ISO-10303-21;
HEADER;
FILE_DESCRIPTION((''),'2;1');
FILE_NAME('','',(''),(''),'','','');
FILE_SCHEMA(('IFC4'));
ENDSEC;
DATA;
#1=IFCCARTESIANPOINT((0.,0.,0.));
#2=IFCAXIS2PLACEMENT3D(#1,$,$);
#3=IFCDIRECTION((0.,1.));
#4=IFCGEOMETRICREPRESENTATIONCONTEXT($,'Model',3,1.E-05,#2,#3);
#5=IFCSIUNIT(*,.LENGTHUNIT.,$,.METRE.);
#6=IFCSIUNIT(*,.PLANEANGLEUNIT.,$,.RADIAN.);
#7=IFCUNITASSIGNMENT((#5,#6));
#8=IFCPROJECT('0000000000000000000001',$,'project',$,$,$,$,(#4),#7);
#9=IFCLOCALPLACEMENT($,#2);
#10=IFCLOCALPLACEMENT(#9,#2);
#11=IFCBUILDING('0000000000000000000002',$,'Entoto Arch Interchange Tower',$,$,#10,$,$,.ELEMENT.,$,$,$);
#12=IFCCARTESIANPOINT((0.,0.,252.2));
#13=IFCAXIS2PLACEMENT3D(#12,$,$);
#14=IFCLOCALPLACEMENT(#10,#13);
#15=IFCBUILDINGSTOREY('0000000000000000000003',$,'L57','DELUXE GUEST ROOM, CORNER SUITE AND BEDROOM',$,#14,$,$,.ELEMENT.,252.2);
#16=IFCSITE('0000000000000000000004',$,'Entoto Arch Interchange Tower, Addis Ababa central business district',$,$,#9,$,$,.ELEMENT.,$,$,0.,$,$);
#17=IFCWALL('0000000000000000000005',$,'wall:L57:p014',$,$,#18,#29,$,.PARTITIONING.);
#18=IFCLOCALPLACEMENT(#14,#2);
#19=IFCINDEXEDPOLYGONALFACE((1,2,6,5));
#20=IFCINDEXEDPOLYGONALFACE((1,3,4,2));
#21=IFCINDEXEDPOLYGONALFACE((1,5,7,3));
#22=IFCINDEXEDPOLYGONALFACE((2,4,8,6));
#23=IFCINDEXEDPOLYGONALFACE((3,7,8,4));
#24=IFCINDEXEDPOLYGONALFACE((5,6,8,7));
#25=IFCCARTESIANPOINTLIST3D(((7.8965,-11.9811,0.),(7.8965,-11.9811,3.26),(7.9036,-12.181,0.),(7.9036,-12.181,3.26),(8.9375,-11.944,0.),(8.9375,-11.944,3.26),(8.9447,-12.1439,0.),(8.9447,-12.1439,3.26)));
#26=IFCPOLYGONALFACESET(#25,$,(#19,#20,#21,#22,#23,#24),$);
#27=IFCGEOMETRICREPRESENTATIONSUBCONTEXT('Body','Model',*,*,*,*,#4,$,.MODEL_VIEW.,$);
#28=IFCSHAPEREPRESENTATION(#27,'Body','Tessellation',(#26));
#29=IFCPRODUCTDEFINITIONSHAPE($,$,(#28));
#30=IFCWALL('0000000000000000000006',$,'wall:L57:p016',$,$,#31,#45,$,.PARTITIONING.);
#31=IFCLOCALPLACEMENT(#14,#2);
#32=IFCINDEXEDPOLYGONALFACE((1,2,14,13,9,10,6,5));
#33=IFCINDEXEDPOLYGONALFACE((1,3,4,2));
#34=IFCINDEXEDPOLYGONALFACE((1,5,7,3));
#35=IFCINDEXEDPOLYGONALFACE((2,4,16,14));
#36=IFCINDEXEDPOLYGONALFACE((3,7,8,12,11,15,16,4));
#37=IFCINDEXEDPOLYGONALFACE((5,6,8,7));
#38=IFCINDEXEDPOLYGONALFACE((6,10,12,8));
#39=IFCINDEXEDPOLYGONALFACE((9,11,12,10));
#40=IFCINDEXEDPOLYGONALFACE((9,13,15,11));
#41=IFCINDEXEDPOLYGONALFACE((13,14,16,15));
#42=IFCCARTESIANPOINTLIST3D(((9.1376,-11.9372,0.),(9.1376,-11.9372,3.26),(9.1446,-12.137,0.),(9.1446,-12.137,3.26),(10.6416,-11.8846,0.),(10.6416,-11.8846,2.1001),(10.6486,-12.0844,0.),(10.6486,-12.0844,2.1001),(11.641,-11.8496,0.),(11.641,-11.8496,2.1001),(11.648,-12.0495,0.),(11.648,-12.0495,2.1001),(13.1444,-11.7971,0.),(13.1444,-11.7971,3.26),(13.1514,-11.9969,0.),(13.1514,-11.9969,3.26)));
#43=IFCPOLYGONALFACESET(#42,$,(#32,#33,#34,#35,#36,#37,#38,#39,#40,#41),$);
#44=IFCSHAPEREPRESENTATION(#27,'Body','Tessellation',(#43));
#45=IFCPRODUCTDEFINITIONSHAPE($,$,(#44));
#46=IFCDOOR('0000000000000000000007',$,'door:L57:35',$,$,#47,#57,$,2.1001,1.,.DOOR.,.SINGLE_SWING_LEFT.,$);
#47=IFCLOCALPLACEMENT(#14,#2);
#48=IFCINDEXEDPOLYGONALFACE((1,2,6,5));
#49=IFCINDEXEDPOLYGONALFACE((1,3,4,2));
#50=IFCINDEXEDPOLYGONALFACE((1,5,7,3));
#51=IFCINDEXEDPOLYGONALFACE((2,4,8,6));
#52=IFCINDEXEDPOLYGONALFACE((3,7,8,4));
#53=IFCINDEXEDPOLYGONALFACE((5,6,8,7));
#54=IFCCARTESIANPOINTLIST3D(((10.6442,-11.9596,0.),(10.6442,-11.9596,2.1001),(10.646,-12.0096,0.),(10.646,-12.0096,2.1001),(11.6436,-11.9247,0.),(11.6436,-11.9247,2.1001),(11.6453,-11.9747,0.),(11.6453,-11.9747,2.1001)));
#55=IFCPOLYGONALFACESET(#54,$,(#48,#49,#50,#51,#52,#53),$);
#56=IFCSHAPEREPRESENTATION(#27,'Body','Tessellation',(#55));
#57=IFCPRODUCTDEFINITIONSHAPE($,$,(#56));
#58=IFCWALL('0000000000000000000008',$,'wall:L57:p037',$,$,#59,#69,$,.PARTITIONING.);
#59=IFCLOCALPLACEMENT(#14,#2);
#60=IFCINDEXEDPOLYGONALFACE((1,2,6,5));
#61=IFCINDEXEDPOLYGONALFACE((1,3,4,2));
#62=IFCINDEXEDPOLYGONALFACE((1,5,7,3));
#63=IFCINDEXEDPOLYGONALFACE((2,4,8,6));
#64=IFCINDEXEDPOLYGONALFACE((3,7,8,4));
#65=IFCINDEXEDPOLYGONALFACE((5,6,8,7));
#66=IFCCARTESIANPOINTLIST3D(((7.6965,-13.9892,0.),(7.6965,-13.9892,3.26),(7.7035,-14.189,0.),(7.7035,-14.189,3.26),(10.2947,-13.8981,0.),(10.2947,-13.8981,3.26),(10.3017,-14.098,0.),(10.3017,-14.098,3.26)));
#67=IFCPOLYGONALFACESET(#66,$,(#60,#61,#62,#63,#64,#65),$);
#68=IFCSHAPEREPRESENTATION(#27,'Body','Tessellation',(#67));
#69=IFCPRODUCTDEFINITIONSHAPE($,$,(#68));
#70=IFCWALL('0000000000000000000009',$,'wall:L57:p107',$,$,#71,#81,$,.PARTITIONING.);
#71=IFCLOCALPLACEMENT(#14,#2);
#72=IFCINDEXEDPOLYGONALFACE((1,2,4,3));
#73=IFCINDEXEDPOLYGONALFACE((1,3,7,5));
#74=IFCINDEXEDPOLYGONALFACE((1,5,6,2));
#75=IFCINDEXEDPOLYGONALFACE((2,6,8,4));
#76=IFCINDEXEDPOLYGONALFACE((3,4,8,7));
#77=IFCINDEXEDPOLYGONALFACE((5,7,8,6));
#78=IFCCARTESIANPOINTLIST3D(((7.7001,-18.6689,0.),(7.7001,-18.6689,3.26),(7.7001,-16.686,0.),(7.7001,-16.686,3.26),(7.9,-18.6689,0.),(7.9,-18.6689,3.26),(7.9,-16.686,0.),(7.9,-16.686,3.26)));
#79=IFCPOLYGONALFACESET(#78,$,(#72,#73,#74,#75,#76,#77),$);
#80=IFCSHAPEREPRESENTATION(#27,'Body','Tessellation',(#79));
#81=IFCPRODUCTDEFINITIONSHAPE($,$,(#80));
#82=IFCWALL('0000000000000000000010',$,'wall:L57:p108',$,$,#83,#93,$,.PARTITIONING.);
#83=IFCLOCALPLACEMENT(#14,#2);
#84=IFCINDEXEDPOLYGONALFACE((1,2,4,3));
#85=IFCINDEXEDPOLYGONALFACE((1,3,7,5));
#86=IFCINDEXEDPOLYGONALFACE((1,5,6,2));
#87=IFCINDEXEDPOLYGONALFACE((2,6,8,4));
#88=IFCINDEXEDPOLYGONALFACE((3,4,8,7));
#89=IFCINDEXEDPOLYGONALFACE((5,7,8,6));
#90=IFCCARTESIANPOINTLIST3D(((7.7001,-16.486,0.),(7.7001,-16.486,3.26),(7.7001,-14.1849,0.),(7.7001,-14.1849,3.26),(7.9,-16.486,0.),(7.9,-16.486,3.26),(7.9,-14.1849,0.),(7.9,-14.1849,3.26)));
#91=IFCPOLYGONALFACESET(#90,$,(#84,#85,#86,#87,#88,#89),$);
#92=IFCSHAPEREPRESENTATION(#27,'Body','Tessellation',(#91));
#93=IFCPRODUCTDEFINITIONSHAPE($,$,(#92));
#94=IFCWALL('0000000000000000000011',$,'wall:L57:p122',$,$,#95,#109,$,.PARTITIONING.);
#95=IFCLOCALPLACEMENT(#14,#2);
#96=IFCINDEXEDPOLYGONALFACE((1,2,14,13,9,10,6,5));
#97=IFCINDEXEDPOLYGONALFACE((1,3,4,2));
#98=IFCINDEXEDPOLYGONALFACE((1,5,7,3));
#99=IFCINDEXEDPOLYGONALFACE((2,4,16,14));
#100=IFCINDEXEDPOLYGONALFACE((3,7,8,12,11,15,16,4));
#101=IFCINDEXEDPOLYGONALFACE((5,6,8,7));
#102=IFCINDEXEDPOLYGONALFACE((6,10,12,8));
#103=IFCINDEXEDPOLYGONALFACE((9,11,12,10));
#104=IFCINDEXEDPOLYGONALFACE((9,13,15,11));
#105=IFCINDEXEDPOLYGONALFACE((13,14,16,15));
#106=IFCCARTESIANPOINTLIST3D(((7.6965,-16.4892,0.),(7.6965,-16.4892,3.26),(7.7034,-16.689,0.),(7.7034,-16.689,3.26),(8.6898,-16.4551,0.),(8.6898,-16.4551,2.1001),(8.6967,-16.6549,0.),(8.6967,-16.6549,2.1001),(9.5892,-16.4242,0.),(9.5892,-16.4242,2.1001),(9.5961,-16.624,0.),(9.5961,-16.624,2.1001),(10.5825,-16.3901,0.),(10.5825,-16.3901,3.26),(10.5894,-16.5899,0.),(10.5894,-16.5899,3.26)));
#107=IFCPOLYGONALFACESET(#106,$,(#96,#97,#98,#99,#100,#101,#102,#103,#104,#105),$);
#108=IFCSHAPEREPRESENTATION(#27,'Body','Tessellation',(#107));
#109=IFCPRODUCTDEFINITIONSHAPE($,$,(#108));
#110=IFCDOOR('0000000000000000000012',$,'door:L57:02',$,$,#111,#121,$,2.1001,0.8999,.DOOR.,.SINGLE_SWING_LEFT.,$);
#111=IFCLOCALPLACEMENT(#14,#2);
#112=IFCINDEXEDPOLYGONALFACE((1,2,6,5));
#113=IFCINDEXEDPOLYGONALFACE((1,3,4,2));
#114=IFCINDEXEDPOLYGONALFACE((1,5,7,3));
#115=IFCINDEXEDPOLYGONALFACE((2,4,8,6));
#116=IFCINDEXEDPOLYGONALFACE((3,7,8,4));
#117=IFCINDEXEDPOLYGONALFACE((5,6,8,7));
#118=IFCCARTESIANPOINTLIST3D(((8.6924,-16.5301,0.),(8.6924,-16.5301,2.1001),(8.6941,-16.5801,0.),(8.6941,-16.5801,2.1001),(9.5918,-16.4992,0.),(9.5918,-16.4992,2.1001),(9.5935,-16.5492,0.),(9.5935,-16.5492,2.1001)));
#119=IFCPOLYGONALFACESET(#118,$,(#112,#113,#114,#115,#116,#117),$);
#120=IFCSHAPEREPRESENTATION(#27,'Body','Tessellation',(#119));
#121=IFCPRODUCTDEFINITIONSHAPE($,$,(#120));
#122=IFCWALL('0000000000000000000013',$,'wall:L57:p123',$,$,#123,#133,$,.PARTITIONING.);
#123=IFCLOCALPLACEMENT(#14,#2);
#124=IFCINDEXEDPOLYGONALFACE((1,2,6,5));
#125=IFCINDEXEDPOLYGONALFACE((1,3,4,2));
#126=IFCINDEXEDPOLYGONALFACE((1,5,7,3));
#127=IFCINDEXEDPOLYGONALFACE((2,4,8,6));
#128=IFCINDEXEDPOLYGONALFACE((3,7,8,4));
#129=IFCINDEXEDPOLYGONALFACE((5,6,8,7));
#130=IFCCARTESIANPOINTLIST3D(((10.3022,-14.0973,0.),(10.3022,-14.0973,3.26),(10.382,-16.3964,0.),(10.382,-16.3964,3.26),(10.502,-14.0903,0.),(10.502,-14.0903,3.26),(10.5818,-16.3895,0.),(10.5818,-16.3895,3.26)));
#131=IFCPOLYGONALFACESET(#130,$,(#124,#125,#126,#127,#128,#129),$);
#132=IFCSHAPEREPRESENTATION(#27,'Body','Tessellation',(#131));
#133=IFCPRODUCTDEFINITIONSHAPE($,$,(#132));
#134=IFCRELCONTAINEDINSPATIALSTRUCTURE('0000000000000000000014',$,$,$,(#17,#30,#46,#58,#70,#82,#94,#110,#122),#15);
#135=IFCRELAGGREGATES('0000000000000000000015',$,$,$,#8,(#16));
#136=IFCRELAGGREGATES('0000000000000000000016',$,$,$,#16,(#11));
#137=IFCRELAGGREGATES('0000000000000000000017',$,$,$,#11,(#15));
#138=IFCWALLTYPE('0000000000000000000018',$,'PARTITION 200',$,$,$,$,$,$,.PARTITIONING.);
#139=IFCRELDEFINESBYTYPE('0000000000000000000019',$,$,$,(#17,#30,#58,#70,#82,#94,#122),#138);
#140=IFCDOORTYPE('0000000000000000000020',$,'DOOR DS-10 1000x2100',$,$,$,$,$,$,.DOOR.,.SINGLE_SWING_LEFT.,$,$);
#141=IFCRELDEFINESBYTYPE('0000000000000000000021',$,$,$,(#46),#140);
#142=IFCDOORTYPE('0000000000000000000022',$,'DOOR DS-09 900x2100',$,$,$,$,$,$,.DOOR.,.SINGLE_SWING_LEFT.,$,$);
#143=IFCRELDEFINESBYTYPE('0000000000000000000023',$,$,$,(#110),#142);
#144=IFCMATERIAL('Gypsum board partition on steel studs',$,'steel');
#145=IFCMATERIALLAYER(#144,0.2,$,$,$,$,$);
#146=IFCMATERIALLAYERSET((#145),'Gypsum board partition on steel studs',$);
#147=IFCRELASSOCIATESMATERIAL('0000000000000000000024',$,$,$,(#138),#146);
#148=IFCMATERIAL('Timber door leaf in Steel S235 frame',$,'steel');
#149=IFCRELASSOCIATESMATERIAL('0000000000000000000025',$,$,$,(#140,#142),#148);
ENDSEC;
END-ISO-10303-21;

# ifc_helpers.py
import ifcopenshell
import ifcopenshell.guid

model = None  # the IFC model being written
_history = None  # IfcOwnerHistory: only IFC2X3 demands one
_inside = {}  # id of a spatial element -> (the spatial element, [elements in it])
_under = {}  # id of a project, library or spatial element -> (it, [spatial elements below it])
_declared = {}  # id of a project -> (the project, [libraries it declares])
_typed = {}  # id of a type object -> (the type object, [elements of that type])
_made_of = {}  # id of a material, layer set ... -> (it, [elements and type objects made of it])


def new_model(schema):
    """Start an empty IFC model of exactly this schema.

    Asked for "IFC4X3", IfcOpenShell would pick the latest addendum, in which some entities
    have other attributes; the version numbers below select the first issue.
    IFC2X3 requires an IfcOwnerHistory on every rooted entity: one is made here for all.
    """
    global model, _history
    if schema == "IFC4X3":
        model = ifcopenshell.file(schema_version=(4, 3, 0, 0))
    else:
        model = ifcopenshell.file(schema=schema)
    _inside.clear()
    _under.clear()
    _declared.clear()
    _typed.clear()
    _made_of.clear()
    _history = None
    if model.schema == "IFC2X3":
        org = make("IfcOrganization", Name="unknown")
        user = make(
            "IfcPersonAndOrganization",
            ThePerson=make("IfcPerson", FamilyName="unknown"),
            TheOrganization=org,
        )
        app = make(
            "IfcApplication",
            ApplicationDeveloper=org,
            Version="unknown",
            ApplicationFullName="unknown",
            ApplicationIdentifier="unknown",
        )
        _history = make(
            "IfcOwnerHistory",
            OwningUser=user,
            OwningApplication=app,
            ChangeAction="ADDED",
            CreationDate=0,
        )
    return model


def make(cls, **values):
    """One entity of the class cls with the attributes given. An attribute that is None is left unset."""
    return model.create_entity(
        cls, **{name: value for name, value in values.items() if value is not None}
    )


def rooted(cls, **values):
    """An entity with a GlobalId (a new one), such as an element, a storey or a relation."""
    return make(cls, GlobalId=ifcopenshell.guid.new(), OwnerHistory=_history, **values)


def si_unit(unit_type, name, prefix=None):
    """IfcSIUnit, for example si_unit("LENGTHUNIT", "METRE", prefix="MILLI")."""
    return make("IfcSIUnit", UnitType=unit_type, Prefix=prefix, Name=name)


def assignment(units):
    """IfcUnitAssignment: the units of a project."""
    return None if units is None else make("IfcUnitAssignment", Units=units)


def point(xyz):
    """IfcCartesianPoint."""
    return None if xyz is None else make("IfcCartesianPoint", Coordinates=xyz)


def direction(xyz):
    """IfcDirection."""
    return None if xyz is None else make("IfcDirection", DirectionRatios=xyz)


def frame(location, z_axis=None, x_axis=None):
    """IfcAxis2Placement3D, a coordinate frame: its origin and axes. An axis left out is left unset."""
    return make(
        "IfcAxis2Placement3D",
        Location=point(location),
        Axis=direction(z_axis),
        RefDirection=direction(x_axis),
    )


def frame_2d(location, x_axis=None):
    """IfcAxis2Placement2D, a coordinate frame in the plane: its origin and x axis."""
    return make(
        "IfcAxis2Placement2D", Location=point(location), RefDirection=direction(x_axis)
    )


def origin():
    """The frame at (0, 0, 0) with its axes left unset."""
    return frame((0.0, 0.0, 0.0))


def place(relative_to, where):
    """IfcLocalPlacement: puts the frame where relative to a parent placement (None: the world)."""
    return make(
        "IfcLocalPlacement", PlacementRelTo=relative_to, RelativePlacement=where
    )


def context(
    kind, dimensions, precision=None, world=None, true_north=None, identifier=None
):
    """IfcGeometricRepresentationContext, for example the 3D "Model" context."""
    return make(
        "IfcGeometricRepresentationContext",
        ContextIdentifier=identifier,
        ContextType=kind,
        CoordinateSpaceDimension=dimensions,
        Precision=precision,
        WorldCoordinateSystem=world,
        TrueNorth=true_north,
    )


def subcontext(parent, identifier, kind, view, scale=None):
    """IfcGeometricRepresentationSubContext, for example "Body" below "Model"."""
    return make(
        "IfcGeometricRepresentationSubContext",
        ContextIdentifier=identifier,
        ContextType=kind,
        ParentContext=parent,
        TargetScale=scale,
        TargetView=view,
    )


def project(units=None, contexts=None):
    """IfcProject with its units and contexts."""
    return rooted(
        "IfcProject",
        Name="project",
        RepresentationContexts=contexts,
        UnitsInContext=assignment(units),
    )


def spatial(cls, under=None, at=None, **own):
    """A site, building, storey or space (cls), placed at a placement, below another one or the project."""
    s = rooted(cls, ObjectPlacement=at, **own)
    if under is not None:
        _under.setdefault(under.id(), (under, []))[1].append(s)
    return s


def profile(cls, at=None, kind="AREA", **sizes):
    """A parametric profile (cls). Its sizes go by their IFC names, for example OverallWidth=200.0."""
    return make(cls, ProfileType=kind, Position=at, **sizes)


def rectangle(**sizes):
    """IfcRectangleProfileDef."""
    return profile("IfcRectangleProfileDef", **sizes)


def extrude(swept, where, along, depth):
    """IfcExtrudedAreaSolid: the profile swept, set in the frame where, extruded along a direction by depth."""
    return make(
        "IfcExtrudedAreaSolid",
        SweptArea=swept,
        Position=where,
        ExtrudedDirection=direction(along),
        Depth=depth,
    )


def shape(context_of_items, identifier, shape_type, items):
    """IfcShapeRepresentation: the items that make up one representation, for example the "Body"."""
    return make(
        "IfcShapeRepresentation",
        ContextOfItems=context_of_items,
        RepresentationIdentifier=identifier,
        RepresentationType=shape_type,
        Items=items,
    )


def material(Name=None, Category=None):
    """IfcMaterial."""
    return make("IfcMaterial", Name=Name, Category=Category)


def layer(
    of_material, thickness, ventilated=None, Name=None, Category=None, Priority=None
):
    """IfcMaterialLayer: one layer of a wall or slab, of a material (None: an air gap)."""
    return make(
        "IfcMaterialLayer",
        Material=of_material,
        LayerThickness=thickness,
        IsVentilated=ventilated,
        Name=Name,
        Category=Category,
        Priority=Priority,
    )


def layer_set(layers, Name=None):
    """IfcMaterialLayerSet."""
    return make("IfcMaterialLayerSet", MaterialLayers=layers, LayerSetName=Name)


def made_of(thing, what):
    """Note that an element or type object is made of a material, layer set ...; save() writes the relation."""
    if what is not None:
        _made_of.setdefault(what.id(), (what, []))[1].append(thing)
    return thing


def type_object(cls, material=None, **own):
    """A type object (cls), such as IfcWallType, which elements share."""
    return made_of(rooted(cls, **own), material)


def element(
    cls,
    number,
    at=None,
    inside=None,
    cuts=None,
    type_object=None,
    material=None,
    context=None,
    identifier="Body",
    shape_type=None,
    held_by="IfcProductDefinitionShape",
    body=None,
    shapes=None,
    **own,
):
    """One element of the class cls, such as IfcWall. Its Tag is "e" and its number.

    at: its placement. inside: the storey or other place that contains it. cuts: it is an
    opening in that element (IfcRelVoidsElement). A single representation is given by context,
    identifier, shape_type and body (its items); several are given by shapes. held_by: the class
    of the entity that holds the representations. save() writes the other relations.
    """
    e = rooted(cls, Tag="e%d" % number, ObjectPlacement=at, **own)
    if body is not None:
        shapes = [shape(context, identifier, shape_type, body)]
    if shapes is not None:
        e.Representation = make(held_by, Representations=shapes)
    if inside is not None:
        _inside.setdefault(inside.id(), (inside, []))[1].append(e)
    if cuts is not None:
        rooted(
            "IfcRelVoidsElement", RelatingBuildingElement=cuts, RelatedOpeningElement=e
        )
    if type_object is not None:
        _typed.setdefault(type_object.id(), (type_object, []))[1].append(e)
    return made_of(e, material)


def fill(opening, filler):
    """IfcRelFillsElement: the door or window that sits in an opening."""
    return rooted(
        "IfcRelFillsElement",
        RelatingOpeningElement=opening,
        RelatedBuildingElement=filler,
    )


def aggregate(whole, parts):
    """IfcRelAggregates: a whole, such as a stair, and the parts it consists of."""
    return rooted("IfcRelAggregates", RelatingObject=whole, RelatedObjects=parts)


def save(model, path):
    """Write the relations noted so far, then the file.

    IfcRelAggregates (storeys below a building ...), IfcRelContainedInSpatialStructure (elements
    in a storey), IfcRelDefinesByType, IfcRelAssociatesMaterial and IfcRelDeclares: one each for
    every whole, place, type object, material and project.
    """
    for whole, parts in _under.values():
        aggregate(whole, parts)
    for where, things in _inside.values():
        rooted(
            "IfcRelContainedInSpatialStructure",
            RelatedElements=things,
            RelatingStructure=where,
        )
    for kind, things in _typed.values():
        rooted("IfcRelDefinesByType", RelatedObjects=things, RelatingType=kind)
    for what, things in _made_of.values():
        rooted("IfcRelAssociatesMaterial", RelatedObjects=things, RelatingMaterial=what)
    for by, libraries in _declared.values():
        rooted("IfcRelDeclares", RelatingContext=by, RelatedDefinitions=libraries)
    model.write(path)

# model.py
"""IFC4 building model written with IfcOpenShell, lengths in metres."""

from ifc_helpers import new_model, si_unit, direction, frame, frame_2d, origin, place, context, subcontext, project, spatial, rectangle, extrude, material, layer, layer_set, type_object, element, fill, save


model = new_model("IFC4")

# Units and contexts
model_context = context("Model", 3, precision=1e-05, world=origin(), true_north=direction((0.0, 1.0)))
body_context = subcontext(model_context, "Body", "Model", "MODEL_VIEW")
ifc_project = project(units=[si_unit("LENGTHUNIT", "METRE"), si_unit("PLANEANGLEUNIT", "RADIAN")], contexts=[model_context])

# Site, building, storey
site_placement = place(None, origin())
site = spatial("IfcSite", under=ifc_project, at=site_placement, Name="Entoto Arch Interchange Tower, Addis Ababa central business district", CompositionType="ELEMENT", RefElevation=0.0)
building_placement = place(site_placement, origin())
building = spatial("IfcBuilding", under=site, at=building_placement, Name="Entoto Arch Interchange Tower", CompositionType="ELEMENT")
storey_placement = place(building_placement, frame((0.0, 0.0, 252.2)))
storey = spatial("IfcBuildingStorey", under=building, at=storey_placement, Name="L57", Description="DELUXE GUEST ROOM, CORNER SUITE AND BEDROOM", CompositionType="ELEMENT", Elevation=252.2)

# Wall
ifc_material_1 = material(Name="Gypsum board partition on steel studs", Category="steel")
ifc_layer_1 = layer(ifc_material_1, 0.2)
ifc_layer_set_1 = layer_set([ifc_layer_1], Name="Gypsum board partition on steel studs")
wall_type_1 = type_object("IfcWallType", Name="PARTITION 200", PredefinedType="PARTITIONING", material=ifc_layer_set_1)
wall_1_placement = place(storey_placement, frame((7.8999, -12.0811, 0.0), z_axis=(0.0, 0.0, 1.0), x_axis=(0.999365, 0.035625, 0.0)))
element("IfcWall", 1, at=wall_1_placement, inside=storey, type_object=wall_type_1, Name="wall:L57:p014", PredefinedType="PARTITIONING", context=body_context, shape_type="SweptSolid", body=[
    extrude(rectangle(XDim=1.0417, YDim=0.2, at=frame_2d((0.521, 0.0))), origin(), (0.0, 0.0, 1.0), 3.26),
])

# Wall, opening, door
wall_2_placement = place(storey_placement, frame((9.1411, -12.0371, 0.0), z_axis=(0.0, 0.0, 1.0), x_axis=(0.999389, 0.034953, 0.0)))
wall_2 = element("IfcWall", 2, at=wall_2_placement, inside=storey, type_object=wall_type_1, Name="wall:L57:p016", PredefinedType="PARTITIONING", context=body_context, shape_type="SweptSolid", body=[
    extrude(rectangle(XDim=4.0093, YDim=0.2, at=frame_2d((2.0046, 0.0))), origin(), (0.0, 0.0, 1.0), 3.26),
])
opening_1_placement = place(wall_2_placement, frame((1.5049, 0.0, 0.0)))
opening_1 = element("IfcOpeningElement", 3, at=opening_1_placement, cuts=wall_2, PredefinedType="OPENING", context=body_context, shape_type="SweptSolid", body=[
    extrude(rectangle(XDim=1.0, YDim=2.1001, at=frame_2d((0.5, 1.05))), frame((0.0, 0.1099, 0.0), z_axis=(0.0, -1.0, 0.0), x_axis=(1.0, 0.0, 0.0)), (0.0, 0.0, 1.0), 0.22),
])
ifc_material_2 = material(Name="Timber door leaf in Steel S235 frame", Category="steel")
door_type_1 = type_object("IfcDoorType", Name="DOOR DS-10 1000x2100", OperationType="SINGLE_SWING_LEFT", PredefinedType="DOOR", material=ifc_material_2)
door_1_placement = place(opening_1_placement, origin())
door_1 = element("IfcDoor", 4, at=door_1_placement, inside=storey, type_object=door_type_1, Name="door:L57:35", OperationType="SINGLE_SWING_LEFT", OverallHeight=2.1001, OverallWidth=1.0, PredefinedType="DOOR", context=body_context, shape_type="SweptSolid", body=[
    extrude(rectangle(XDim=1.0, YDim=2.1001, at=frame_2d((0.5, 1.05))), frame((0.0, 0.0249, 0.0), z_axis=(0.0, -1.0, 0.0), x_axis=(1.0, 0.0, 0.0)), (0.0, 0.0, 1.0), 0.05),
])
fill(opening_1, door_1)

# Walls
wall_3_placement = place(storey_placement, frame((10.2981, -13.998, 0.0), z_axis=(0.0, 0.0, 1.0), x_axis=(-0.999386, -0.035028, 0.0)))
element("IfcWall", 5, at=wall_3_placement, inside=storey, type_object=wall_type_1, Name="wall:L57:p037", PredefinedType="PARTITIONING", context=body_context, shape_type="SweptSolid", body=[
    extrude(rectangle(XDim=2.5999, YDim=0.2, at=frame_2d((1.2998, 0.0))), origin(), (0.0, 0.0, 1.0), 3.26),
])
wall_4_placement = place(storey_placement, frame((7.8, -16.686, 0.0), z_axis=(0.0, 0.0, 1.0), x_axis=(0.0, -1.0, 0.0)))
element("IfcWall", 6, at=wall_4_placement, inside=storey, type_object=wall_type_1, Name="wall:L57:p107", PredefinedType="PARTITIONING", context=body_context, shape_type="SweptSolid", body=[
    extrude(rectangle(XDim=1.9829, YDim=0.2, at=frame_2d((0.9915, 0.0))), origin(), (0.0, 0.0, 1.0), 3.26),
])
wall_5_placement = place(storey_placement, frame((7.8, -14.1851, 0.0), z_axis=(0.0, 0.0, 1.0), x_axis=(0.0, -1.0, 0.0)))
element("IfcWall", 7, at=wall_5_placement, inside=storey, type_object=wall_type_1, Name="wall:L57:p108", PredefinedType="PARTITIONING", context=body_context, shape_type="SweptSolid", body=[
    extrude(rectangle(XDim=2.301, YDim=0.2, at=frame_2d((1.1504, 0.0))), origin(), (0.0, 0.0, 1.0), 3.26),
])

# Wall, opening, door
wall_6_placement = place(storey_placement, frame((7.7, -16.5891, 0.0), z_axis=(0.0, 0.0, 1.0), x_axis=(0.999411, 0.034325, 0.0)))
wall_6 = element("IfcWall", 8, at=wall_6_placement, inside=storey, type_object=wall_type_1, Name="wall:L57:p122", PredefinedType="PARTITIONING", context=body_context, shape_type="SweptSolid", body=[
    extrude(rectangle(XDim=2.8877, YDim=0.2, at=frame_2d((1.4438, 0.0))), origin(), (0.0, 0.0, 1.0), 3.26),
])
opening_2_placement = place(wall_6_placement, frame((0.9939, 0.0, 0.0)))
opening_2 = element("IfcOpeningElement", 9, at=opening_2_placement, cuts=wall_6, PredefinedType="OPENING", context=body_context, shape_type="SweptSolid", body=[
    extrude(rectangle(XDim=0.8999, YDim=2.1001, at=frame_2d((0.45, 1.05))), frame((0.0, 0.1099, 0.0), z_axis=(0.0, -1.0, 0.0), x_axis=(1.0, 0.0, 0.0)), (0.0, 0.0, 1.0), 0.22),
])
door_type_2 = type_object("IfcDoorType", Name="DOOR DS-09 900x2100", OperationType="SINGLE_SWING_LEFT", PredefinedType="DOOR", material=ifc_material_2)
door_2_placement = place(opening_2_placement, origin())
door_2 = element("IfcDoor", 10, at=door_2_placement, inside=storey, type_object=door_type_2, Name="door:L57:02", OperationType="SINGLE_SWING_LEFT", OverallHeight=2.1001, OverallWidth=0.8999, PredefinedType="DOOR", context=body_context, shape_type="SweptSolid", body=[
    extrude(rectangle(XDim=0.8999, YDim=2.1001, at=frame_2d((0.45, 1.05))), frame((0.0, 0.0249, 0.0), z_axis=(0.0, -1.0, 0.0), x_axis=(1.0, 0.0, 0.0)), (0.0, 0.0, 1.0), 0.05),
])
fill(opening_2, door_2)

# Wall
wall_7_placement = place(storey_placement, frame((10.4819, -16.3931, 0.0), z_axis=(0.0, 0.0, 1.0), x_axis=(-0.034704, 0.999398, 0.0)))
element("IfcWall", 11, at=wall_7_placement, inside=storey, type_object=wall_type_1, Name="wall:L57:p123", PredefinedType="PARTITIONING", context=body_context, shape_type="SweptSolid", body=[
    extrude(rectangle(XDim=2.3005, YDim=0.2, at=frame_2d((1.1504, 0.0))), origin(), (0.0, 0.0, 1.0), 3.26),
])

save(model, "model.ifc")
